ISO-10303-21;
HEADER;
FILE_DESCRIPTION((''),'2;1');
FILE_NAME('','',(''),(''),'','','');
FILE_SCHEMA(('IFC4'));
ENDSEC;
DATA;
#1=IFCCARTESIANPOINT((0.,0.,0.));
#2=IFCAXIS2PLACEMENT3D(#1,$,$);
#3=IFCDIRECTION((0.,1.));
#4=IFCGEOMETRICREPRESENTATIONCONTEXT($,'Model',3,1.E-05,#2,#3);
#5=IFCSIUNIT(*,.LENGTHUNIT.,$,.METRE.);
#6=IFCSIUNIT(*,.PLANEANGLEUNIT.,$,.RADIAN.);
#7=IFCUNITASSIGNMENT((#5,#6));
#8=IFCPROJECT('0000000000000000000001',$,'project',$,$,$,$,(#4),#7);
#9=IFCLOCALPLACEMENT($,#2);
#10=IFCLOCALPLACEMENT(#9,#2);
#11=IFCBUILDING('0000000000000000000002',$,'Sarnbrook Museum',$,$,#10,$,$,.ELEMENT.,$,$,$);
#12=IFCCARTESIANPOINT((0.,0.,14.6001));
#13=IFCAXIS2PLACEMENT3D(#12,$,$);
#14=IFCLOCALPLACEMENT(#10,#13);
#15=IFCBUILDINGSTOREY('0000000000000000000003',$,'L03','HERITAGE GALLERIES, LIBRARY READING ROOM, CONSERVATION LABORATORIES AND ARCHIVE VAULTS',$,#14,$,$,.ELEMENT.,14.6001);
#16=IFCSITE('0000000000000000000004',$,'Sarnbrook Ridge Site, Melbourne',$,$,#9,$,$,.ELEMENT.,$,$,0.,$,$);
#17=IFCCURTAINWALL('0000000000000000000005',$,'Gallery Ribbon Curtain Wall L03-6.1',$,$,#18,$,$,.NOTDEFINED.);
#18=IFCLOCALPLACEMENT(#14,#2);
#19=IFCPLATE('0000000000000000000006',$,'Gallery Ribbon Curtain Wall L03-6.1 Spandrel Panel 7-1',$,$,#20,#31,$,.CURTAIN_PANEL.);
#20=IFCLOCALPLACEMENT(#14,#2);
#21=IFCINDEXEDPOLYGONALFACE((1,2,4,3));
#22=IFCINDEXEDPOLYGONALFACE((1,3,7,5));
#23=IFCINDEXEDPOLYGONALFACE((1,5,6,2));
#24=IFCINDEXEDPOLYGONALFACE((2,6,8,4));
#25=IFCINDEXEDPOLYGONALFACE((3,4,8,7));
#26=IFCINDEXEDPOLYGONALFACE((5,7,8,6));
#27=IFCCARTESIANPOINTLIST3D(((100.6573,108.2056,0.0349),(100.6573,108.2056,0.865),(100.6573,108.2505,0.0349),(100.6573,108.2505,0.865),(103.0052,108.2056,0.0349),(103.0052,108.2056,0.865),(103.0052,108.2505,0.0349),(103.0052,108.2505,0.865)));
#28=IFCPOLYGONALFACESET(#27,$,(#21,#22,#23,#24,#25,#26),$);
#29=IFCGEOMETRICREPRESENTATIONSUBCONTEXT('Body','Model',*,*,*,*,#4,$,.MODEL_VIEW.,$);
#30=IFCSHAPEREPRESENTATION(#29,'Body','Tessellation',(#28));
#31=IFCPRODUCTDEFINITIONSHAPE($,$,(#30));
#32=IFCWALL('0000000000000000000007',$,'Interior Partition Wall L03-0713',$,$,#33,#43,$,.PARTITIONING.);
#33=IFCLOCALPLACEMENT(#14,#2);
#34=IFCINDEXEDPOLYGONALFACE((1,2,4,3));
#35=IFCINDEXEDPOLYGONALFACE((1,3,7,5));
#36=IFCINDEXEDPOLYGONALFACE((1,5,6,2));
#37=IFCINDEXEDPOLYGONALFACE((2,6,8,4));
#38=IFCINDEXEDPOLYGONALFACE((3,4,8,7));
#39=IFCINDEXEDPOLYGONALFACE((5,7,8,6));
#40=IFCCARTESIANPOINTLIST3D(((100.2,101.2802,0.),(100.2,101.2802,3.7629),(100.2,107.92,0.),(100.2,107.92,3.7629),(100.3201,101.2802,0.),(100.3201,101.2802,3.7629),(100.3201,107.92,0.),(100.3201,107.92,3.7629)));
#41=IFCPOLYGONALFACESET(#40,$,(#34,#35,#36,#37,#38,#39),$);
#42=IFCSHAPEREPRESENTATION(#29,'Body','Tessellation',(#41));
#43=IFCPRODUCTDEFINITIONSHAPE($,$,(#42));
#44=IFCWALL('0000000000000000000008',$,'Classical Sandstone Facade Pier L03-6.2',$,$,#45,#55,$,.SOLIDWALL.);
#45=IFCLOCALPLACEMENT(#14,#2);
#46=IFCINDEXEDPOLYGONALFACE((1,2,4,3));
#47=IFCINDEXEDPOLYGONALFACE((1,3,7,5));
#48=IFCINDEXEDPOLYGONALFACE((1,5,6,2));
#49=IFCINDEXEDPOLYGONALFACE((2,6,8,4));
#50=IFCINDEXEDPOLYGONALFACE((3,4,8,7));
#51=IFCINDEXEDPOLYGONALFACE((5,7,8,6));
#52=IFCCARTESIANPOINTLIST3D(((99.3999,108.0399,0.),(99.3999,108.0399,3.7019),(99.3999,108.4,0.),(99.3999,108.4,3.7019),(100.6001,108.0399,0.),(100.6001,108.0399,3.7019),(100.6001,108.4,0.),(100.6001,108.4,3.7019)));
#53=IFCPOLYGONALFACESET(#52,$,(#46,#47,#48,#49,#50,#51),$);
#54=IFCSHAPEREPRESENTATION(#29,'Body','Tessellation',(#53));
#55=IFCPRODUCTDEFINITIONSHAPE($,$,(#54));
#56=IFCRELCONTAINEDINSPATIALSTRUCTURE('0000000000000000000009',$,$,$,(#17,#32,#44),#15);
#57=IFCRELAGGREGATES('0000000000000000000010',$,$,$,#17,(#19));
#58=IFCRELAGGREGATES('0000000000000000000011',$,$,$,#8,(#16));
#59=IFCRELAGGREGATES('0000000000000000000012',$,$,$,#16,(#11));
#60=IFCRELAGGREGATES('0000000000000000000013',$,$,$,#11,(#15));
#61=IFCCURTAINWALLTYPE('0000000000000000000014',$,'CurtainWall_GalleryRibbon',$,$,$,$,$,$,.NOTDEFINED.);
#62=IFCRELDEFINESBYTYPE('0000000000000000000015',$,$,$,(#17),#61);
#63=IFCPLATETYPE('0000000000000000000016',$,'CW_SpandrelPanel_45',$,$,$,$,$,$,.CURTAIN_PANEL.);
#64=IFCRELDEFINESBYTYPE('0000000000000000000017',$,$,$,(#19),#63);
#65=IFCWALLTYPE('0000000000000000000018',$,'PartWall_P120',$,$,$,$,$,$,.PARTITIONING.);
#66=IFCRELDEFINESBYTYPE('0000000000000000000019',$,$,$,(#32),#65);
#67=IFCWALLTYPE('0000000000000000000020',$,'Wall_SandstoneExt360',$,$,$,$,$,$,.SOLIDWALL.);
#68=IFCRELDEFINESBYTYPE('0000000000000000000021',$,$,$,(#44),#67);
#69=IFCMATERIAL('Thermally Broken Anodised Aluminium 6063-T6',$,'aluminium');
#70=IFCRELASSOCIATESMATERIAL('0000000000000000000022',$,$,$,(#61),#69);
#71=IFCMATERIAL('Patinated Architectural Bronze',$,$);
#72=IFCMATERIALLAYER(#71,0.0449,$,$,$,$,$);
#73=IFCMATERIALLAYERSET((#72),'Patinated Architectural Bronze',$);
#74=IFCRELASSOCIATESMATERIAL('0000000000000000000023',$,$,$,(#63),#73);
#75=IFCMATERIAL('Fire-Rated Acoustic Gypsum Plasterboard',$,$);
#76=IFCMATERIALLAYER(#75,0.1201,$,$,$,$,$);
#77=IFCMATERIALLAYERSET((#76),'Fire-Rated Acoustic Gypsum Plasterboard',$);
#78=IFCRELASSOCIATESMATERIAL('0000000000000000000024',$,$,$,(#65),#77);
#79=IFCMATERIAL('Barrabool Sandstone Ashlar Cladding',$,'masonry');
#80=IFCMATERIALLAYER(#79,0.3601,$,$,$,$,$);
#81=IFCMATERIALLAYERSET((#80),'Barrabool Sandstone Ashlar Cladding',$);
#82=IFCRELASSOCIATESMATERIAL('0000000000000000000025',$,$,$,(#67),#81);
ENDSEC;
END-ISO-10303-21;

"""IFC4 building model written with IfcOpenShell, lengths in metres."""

from ifc_helpers import new_model, si_unit, direction, frame, frame_2d, origin, origin_2d, place, context, subcontext, project, spatial, rectangle, extrude, material, layer, layer_set, type_object, element, aggregate, save


model = new_model("IFC4")

# Units and contexts
model_context = context("Model", 3, precision=1e-05, world=origin(), true_north=direction((0.0, 1.0)))
body_context = subcontext(model_context, "Body", "Model", "MODEL_VIEW")
ifc_project = project(units=[si_unit("LENGTHUNIT", "METRE"), si_unit("PLANEANGLEUNIT", "RADIAN")], contexts=[model_context])

# Site, building, storey
site_placement = place(None, origin())
site = spatial("IfcSite", under=ifc_project, at=site_placement, Name="Sarnbrook Ridge Site, Melbourne", CompositionType="ELEMENT", RefElevation=0.0)
building_placement = place(site_placement, origin())
building = spatial("IfcBuilding", under=site, at=building_placement, Name="Sarnbrook Museum", CompositionType="ELEMENT")
storey_placement = place(building_placement, frame((0.0, 0.0, 14.6001)))
storey = spatial("IfcBuildingStorey", under=building, at=storey_placement, Name="L03", Description="HERITAGE GALLERIES, LIBRARY READING ROOM, CONSERVATION LABORATORIES AND ARCHIVE VAULTS", CompositionType="ELEMENT", Elevation=14.6001)

# Curtain wall, plate
ifc_material_1 = material(Name="Thermally Broken Anodised Aluminium 6063-T6", Category="aluminium")
curtain_wall_type = type_object("IfcCurtainWallType", Name="CurtainWall_GalleryRibbon", PredefinedType="NOTDEFINED", material=ifc_material_1)
curtain_wall_placement = place(storey_placement, origin())
curtain_wall = element("IfcCurtainWall", 1, at=curtain_wall_placement, inside=storey, type_object=curtain_wall_type, Name="Gallery Ribbon Curtain Wall L03-6.1", PredefinedType="NOTDEFINED")
ifc_material_2 = material(Name="Patinated Architectural Bronze")
ifc_layer_1 = layer(ifc_material_2, 0.0449)
ifc_layer_set_1 = layer_set([ifc_layer_1], Name="Patinated Architectural Bronze")
plate_type_1 = type_object("IfcPlateType", Name="CW_SpandrelPanel_45", PredefinedType="CURTAIN_PANEL", material=ifc_layer_set_1)
plate_1_placement = place(storey_placement, frame((101.8313, 108.2056, 0.45), z_axis=(0.0, 1.0, 0.0), x_axis=(-1.0, 0.0, 0.0)))
plate_1 = element("IfcPlate", 2, at=plate_1_placement, type_object=plate_type_1, Name="Gallery Ribbon Curtain Wall L03-6.1 Spandrel Panel 7-1", PredefinedType="CURTAIN_PANEL", context=body_context, shape_type="SweptSolid", body=[
    extrude(rectangle(XDim=2.3479, YDim=0.8301, at=origin_2d()), origin(), (0.0, 0.0, 1.0), 0.0449),
])
aggregate(curtain_wall, [plate_1])

# Walls
ifc_material_3 = material(Name="Fire-Rated Acoustic Gypsum Plasterboard")
ifc_layer_2 = layer(ifc_material_3, 0.1201)
ifc_layer_set_2 = layer_set([ifc_layer_2], Name="Fire-Rated Acoustic Gypsum Plasterboard")
wall_type_1 = type_object("IfcWallType", Name="PartWall_P120", PredefinedType="PARTITIONING", material=ifc_layer_set_2)
wall_1_placement = place(storey_placement, frame((100.26, 107.9199, 0.0), z_axis=(0.0, 0.0, 1.0), x_axis=(0.0, -1.0, 0.0)))
element("IfcWall", 3, at=wall_1_placement, inside=storey, type_object=wall_type_1, Name="Interior Partition Wall L03-0713", PredefinedType="PARTITIONING", context=body_context, shape_type="SweptSolid", body=[
    extrude(rectangle(XDim=6.6399, YDim=0.1201, at=frame_2d((3.3198, 0.0))), origin(), (0.0, 0.0, 1.0), 3.7629),
])
ifc_material_4 = material(Name="Barrabool Sandstone Ashlar Cladding", Category="masonry")
ifc_layer_3 = layer(ifc_material_4, 0.3601)
ifc_layer_set_3 = layer_set([ifc_layer_3], Name="Barrabool Sandstone Ashlar Cladding")
wall_type_2 = type_object("IfcWallType", Name="Wall_SandstoneExt360", PredefinedType="SOLIDWALL", material=ifc_layer_set_3)
wall_2_placement = place(storey_placement, frame((100.6001, 108.22, 0.0), z_axis=(0.0, 0.0, 1.0), x_axis=(-1.0, 0.0, 0.0)))
element("IfcWall", 4, at=wall_2_placement, inside=storey, type_object=wall_type_2, Name="Classical Sandstone Facade Pier L03-6.2", PredefinedType="SOLIDWALL", context=body_context, shape_type="SweptSolid", body=[
    extrude(rectangle(XDim=1.2002, YDim=0.3601, at=frame_2d((0.6001, 0.0))), origin(), (0.0, 0.0, 1.0), 3.7019),
])

save(model, "model.ifc")
